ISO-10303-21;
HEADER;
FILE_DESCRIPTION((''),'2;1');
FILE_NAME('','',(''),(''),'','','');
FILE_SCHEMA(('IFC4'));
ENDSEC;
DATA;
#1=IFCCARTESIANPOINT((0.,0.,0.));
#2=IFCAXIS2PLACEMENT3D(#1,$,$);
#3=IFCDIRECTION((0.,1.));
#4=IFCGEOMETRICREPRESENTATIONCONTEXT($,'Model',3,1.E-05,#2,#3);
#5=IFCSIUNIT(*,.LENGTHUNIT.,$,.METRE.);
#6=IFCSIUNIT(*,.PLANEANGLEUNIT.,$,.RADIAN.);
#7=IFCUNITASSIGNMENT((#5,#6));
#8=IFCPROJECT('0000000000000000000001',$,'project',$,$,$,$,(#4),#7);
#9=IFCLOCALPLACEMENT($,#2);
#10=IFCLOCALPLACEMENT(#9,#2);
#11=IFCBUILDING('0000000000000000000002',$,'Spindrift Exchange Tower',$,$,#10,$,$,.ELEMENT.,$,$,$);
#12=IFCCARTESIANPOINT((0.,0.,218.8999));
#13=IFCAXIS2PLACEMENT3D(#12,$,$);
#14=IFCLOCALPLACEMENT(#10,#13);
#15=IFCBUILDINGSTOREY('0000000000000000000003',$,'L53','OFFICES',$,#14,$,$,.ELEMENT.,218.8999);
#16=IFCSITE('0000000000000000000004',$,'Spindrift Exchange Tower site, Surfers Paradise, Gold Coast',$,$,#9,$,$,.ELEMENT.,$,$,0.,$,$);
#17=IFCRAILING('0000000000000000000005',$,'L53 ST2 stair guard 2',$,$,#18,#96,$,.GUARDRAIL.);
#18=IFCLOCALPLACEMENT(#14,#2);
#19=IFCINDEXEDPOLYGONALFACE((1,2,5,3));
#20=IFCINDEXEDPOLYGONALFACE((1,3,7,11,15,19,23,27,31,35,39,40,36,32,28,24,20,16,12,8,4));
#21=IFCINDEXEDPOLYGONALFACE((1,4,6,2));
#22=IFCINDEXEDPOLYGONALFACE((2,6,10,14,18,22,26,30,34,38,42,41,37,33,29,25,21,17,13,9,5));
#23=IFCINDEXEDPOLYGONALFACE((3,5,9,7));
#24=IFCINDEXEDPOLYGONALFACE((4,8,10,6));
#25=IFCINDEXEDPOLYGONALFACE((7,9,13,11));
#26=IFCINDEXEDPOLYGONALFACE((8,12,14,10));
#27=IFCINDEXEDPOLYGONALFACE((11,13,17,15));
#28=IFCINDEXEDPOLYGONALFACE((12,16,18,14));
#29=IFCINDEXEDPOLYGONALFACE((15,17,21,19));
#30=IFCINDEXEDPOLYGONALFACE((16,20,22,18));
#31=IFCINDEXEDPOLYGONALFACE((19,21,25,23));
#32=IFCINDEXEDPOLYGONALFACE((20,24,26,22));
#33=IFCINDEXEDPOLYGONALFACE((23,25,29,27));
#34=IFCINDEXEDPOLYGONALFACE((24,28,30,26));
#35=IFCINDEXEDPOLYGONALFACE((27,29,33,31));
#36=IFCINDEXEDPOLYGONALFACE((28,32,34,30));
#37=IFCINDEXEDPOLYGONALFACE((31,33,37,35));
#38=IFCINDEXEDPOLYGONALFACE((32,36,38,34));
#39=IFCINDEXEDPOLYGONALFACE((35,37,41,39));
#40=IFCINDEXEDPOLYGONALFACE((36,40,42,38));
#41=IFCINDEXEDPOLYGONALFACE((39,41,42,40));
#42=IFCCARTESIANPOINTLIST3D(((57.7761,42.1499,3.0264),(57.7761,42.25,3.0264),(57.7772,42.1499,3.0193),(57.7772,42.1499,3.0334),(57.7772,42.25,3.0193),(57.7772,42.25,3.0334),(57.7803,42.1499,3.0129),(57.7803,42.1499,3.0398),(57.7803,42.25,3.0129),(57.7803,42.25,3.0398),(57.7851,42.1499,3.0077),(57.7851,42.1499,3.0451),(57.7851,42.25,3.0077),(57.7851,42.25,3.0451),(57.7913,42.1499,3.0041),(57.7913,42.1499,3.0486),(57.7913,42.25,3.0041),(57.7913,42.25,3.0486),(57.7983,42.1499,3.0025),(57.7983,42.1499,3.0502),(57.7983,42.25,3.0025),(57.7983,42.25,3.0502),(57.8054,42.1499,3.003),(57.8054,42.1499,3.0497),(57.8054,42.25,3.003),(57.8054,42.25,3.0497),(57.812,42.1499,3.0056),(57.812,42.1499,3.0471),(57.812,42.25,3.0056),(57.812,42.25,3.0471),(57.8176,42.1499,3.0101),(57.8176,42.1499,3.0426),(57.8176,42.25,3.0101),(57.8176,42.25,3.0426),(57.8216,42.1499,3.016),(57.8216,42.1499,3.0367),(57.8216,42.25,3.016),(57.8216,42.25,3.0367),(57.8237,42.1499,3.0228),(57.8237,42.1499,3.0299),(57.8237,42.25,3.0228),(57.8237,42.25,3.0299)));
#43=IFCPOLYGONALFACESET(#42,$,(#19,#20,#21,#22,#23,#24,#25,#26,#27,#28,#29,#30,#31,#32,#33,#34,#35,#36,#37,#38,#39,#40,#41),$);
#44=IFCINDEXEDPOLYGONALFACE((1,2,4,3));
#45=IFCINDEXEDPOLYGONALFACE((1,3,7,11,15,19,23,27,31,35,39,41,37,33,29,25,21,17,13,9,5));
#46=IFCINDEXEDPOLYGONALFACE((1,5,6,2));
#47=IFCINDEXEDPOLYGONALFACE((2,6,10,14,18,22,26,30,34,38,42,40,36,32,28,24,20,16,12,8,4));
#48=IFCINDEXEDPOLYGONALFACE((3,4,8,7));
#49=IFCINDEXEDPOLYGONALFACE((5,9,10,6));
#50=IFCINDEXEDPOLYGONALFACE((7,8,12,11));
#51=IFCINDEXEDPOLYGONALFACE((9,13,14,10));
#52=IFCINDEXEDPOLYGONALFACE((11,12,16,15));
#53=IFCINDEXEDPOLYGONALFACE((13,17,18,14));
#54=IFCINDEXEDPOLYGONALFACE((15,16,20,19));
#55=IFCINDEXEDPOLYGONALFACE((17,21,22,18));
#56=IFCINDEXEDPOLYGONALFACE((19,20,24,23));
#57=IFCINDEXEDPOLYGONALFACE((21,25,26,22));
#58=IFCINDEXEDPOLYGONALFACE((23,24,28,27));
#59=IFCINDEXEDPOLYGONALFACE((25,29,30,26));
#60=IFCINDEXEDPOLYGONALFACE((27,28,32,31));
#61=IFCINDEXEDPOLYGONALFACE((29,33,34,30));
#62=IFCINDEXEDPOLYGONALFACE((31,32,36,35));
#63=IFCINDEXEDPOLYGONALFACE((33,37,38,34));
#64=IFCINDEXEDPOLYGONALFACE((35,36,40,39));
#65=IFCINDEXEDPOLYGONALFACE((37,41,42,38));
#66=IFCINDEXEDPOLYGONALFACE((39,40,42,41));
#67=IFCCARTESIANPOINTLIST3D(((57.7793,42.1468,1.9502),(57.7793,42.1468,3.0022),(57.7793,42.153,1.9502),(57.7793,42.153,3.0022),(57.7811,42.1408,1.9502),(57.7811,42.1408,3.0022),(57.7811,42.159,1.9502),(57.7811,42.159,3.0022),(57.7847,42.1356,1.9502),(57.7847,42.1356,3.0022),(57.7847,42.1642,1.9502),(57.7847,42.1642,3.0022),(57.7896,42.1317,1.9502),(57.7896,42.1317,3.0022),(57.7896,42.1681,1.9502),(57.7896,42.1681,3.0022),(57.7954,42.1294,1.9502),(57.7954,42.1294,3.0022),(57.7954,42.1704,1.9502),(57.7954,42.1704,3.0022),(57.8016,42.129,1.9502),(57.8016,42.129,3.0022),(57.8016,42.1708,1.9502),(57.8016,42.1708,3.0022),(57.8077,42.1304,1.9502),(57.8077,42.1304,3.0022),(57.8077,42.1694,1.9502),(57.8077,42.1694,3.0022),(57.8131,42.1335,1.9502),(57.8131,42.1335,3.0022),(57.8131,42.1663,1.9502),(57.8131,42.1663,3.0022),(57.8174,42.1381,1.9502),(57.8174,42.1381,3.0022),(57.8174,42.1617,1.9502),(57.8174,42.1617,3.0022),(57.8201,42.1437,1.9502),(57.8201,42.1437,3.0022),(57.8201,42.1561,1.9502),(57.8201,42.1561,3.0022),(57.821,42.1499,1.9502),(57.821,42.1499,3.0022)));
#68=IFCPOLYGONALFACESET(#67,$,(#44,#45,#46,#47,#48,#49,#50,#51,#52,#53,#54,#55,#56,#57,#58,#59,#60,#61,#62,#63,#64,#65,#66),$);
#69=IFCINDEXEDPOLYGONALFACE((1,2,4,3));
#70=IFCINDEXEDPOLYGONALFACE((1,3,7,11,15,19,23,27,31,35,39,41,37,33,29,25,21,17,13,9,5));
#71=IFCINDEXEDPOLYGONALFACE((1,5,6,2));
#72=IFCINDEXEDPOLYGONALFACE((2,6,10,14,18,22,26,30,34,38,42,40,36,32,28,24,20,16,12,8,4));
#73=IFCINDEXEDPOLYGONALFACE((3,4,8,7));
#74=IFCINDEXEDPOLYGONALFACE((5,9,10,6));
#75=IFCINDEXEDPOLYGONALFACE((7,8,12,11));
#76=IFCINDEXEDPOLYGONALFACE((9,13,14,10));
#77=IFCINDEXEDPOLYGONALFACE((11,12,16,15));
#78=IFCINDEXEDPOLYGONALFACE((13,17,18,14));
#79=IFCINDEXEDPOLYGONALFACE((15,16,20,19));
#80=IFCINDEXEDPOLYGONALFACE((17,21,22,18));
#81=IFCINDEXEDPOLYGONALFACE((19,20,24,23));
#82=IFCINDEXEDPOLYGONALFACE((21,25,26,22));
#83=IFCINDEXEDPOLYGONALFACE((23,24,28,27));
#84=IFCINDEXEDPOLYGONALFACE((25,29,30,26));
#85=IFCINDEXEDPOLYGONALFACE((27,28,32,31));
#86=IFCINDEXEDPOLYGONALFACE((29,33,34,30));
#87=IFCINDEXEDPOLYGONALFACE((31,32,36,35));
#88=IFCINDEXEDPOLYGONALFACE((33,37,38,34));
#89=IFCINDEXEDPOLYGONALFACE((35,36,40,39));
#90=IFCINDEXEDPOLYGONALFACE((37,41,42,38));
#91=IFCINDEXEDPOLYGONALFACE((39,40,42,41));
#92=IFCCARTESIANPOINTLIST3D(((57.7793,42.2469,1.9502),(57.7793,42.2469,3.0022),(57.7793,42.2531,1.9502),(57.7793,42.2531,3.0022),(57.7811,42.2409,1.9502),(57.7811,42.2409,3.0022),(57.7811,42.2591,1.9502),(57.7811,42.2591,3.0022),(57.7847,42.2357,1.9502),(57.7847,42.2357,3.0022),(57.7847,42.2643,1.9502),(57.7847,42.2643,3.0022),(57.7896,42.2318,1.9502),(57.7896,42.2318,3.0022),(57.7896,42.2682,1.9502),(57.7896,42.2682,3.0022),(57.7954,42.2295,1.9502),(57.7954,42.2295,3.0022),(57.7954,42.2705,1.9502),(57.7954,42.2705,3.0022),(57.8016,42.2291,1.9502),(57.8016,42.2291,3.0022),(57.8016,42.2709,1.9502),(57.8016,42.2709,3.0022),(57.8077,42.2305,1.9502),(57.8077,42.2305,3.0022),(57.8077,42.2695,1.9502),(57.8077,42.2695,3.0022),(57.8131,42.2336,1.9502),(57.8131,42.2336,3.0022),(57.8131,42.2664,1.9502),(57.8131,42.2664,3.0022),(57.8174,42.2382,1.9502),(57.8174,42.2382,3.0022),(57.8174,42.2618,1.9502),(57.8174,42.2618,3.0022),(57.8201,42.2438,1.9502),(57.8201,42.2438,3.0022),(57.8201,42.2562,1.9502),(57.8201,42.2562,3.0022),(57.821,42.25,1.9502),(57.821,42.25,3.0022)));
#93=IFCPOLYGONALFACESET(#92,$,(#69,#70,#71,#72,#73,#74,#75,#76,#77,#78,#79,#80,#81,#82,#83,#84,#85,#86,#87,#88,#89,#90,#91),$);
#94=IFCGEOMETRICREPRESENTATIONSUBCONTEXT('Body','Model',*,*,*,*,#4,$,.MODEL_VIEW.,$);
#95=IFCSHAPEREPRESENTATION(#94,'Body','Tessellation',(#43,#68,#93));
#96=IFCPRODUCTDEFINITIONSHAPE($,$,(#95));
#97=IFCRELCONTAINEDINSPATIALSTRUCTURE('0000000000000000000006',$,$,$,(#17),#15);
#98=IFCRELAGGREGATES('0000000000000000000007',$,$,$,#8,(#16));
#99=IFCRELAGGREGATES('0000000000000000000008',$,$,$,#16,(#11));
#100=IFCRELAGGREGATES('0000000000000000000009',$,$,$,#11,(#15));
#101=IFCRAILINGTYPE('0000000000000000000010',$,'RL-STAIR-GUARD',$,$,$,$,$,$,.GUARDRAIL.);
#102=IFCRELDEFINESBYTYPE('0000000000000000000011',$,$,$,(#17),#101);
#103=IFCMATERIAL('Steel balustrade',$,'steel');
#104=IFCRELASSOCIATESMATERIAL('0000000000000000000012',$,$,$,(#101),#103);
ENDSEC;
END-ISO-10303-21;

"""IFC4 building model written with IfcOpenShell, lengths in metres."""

from ifc_helpers import new_model, si_unit, direction, frame, origin, origin_2d, place, context, subcontext, project, spatial, circle, extrude, material, type_object, element, save


model = new_model("IFC4")

# Units and contexts
model_context = context("Model", 3, precision=1e-05, world=origin(), true_north=direction((0.0, 1.0)))
body_context = subcontext(model_context, "Body", "Model", "MODEL_VIEW")
ifc_project = project(units=[si_unit("LENGTHUNIT", "METRE"), si_unit("PLANEANGLEUNIT", "RADIAN")], contexts=[model_context])

# Site, building, storey
site_placement = place(None, origin())
site = spatial("IfcSite", under=ifc_project, at=site_placement, Name="Spindrift Exchange Tower site, Surfers Paradise, Gold Coast", CompositionType="ELEMENT", RefElevation=0.0)
building_placement = place(site_placement, origin())
building = spatial("IfcBuilding", under=site, at=building_placement, Name="Spindrift Exchange Tower", CompositionType="ELEMENT")
storey_placement = place(building_placement, frame((0.0, 0.0, 218.8999)))
storey = spatial("IfcBuildingStorey", under=building, at=storey_placement, Name="L53", Description="OFFICES", CompositionType="ELEMENT", Elevation=218.8999)

# Railing
ifc_material_1 = material(Name="Steel balustrade", Category="steel")
railing_type_1 = type_object("IfcRailingType", Name="RL-STAIR-GUARD", PredefinedType="GUARDRAIL", material=ifc_material_1)
railing_1_placement = place(storey_placement, frame((57.8, 42.1499, 1.9502)))
element("IfcRailing", 1, at=railing_1_placement, inside=storey, type_object=railing_type_1, Name="L53 ST2 stair guard 2", PredefinedType="GUARDRAIL", context=body_context, shape_type="SweptSolid", body=[
    extrude(circle(Radius=0.0239, at=origin_2d()), frame((0.0, 0.0, 1.0762), z_axis=(0.0, 1.0, 0.0), x_axis=(-1.0, 0.0, 0.0)), (0.0, 0.0, 1.0), 0.1001),
    extrude(circle(Radius=0.021, at=origin_2d()), origin(), (0.0, 0.0, 1.0), 1.052),
    extrude(circle(Radius=0.021, at=origin_2d()), frame((0.0, 0.1001, 0.0)), (0.0, 0.0, 1.0), 1.052),
])

save(model, "model.ifc")
